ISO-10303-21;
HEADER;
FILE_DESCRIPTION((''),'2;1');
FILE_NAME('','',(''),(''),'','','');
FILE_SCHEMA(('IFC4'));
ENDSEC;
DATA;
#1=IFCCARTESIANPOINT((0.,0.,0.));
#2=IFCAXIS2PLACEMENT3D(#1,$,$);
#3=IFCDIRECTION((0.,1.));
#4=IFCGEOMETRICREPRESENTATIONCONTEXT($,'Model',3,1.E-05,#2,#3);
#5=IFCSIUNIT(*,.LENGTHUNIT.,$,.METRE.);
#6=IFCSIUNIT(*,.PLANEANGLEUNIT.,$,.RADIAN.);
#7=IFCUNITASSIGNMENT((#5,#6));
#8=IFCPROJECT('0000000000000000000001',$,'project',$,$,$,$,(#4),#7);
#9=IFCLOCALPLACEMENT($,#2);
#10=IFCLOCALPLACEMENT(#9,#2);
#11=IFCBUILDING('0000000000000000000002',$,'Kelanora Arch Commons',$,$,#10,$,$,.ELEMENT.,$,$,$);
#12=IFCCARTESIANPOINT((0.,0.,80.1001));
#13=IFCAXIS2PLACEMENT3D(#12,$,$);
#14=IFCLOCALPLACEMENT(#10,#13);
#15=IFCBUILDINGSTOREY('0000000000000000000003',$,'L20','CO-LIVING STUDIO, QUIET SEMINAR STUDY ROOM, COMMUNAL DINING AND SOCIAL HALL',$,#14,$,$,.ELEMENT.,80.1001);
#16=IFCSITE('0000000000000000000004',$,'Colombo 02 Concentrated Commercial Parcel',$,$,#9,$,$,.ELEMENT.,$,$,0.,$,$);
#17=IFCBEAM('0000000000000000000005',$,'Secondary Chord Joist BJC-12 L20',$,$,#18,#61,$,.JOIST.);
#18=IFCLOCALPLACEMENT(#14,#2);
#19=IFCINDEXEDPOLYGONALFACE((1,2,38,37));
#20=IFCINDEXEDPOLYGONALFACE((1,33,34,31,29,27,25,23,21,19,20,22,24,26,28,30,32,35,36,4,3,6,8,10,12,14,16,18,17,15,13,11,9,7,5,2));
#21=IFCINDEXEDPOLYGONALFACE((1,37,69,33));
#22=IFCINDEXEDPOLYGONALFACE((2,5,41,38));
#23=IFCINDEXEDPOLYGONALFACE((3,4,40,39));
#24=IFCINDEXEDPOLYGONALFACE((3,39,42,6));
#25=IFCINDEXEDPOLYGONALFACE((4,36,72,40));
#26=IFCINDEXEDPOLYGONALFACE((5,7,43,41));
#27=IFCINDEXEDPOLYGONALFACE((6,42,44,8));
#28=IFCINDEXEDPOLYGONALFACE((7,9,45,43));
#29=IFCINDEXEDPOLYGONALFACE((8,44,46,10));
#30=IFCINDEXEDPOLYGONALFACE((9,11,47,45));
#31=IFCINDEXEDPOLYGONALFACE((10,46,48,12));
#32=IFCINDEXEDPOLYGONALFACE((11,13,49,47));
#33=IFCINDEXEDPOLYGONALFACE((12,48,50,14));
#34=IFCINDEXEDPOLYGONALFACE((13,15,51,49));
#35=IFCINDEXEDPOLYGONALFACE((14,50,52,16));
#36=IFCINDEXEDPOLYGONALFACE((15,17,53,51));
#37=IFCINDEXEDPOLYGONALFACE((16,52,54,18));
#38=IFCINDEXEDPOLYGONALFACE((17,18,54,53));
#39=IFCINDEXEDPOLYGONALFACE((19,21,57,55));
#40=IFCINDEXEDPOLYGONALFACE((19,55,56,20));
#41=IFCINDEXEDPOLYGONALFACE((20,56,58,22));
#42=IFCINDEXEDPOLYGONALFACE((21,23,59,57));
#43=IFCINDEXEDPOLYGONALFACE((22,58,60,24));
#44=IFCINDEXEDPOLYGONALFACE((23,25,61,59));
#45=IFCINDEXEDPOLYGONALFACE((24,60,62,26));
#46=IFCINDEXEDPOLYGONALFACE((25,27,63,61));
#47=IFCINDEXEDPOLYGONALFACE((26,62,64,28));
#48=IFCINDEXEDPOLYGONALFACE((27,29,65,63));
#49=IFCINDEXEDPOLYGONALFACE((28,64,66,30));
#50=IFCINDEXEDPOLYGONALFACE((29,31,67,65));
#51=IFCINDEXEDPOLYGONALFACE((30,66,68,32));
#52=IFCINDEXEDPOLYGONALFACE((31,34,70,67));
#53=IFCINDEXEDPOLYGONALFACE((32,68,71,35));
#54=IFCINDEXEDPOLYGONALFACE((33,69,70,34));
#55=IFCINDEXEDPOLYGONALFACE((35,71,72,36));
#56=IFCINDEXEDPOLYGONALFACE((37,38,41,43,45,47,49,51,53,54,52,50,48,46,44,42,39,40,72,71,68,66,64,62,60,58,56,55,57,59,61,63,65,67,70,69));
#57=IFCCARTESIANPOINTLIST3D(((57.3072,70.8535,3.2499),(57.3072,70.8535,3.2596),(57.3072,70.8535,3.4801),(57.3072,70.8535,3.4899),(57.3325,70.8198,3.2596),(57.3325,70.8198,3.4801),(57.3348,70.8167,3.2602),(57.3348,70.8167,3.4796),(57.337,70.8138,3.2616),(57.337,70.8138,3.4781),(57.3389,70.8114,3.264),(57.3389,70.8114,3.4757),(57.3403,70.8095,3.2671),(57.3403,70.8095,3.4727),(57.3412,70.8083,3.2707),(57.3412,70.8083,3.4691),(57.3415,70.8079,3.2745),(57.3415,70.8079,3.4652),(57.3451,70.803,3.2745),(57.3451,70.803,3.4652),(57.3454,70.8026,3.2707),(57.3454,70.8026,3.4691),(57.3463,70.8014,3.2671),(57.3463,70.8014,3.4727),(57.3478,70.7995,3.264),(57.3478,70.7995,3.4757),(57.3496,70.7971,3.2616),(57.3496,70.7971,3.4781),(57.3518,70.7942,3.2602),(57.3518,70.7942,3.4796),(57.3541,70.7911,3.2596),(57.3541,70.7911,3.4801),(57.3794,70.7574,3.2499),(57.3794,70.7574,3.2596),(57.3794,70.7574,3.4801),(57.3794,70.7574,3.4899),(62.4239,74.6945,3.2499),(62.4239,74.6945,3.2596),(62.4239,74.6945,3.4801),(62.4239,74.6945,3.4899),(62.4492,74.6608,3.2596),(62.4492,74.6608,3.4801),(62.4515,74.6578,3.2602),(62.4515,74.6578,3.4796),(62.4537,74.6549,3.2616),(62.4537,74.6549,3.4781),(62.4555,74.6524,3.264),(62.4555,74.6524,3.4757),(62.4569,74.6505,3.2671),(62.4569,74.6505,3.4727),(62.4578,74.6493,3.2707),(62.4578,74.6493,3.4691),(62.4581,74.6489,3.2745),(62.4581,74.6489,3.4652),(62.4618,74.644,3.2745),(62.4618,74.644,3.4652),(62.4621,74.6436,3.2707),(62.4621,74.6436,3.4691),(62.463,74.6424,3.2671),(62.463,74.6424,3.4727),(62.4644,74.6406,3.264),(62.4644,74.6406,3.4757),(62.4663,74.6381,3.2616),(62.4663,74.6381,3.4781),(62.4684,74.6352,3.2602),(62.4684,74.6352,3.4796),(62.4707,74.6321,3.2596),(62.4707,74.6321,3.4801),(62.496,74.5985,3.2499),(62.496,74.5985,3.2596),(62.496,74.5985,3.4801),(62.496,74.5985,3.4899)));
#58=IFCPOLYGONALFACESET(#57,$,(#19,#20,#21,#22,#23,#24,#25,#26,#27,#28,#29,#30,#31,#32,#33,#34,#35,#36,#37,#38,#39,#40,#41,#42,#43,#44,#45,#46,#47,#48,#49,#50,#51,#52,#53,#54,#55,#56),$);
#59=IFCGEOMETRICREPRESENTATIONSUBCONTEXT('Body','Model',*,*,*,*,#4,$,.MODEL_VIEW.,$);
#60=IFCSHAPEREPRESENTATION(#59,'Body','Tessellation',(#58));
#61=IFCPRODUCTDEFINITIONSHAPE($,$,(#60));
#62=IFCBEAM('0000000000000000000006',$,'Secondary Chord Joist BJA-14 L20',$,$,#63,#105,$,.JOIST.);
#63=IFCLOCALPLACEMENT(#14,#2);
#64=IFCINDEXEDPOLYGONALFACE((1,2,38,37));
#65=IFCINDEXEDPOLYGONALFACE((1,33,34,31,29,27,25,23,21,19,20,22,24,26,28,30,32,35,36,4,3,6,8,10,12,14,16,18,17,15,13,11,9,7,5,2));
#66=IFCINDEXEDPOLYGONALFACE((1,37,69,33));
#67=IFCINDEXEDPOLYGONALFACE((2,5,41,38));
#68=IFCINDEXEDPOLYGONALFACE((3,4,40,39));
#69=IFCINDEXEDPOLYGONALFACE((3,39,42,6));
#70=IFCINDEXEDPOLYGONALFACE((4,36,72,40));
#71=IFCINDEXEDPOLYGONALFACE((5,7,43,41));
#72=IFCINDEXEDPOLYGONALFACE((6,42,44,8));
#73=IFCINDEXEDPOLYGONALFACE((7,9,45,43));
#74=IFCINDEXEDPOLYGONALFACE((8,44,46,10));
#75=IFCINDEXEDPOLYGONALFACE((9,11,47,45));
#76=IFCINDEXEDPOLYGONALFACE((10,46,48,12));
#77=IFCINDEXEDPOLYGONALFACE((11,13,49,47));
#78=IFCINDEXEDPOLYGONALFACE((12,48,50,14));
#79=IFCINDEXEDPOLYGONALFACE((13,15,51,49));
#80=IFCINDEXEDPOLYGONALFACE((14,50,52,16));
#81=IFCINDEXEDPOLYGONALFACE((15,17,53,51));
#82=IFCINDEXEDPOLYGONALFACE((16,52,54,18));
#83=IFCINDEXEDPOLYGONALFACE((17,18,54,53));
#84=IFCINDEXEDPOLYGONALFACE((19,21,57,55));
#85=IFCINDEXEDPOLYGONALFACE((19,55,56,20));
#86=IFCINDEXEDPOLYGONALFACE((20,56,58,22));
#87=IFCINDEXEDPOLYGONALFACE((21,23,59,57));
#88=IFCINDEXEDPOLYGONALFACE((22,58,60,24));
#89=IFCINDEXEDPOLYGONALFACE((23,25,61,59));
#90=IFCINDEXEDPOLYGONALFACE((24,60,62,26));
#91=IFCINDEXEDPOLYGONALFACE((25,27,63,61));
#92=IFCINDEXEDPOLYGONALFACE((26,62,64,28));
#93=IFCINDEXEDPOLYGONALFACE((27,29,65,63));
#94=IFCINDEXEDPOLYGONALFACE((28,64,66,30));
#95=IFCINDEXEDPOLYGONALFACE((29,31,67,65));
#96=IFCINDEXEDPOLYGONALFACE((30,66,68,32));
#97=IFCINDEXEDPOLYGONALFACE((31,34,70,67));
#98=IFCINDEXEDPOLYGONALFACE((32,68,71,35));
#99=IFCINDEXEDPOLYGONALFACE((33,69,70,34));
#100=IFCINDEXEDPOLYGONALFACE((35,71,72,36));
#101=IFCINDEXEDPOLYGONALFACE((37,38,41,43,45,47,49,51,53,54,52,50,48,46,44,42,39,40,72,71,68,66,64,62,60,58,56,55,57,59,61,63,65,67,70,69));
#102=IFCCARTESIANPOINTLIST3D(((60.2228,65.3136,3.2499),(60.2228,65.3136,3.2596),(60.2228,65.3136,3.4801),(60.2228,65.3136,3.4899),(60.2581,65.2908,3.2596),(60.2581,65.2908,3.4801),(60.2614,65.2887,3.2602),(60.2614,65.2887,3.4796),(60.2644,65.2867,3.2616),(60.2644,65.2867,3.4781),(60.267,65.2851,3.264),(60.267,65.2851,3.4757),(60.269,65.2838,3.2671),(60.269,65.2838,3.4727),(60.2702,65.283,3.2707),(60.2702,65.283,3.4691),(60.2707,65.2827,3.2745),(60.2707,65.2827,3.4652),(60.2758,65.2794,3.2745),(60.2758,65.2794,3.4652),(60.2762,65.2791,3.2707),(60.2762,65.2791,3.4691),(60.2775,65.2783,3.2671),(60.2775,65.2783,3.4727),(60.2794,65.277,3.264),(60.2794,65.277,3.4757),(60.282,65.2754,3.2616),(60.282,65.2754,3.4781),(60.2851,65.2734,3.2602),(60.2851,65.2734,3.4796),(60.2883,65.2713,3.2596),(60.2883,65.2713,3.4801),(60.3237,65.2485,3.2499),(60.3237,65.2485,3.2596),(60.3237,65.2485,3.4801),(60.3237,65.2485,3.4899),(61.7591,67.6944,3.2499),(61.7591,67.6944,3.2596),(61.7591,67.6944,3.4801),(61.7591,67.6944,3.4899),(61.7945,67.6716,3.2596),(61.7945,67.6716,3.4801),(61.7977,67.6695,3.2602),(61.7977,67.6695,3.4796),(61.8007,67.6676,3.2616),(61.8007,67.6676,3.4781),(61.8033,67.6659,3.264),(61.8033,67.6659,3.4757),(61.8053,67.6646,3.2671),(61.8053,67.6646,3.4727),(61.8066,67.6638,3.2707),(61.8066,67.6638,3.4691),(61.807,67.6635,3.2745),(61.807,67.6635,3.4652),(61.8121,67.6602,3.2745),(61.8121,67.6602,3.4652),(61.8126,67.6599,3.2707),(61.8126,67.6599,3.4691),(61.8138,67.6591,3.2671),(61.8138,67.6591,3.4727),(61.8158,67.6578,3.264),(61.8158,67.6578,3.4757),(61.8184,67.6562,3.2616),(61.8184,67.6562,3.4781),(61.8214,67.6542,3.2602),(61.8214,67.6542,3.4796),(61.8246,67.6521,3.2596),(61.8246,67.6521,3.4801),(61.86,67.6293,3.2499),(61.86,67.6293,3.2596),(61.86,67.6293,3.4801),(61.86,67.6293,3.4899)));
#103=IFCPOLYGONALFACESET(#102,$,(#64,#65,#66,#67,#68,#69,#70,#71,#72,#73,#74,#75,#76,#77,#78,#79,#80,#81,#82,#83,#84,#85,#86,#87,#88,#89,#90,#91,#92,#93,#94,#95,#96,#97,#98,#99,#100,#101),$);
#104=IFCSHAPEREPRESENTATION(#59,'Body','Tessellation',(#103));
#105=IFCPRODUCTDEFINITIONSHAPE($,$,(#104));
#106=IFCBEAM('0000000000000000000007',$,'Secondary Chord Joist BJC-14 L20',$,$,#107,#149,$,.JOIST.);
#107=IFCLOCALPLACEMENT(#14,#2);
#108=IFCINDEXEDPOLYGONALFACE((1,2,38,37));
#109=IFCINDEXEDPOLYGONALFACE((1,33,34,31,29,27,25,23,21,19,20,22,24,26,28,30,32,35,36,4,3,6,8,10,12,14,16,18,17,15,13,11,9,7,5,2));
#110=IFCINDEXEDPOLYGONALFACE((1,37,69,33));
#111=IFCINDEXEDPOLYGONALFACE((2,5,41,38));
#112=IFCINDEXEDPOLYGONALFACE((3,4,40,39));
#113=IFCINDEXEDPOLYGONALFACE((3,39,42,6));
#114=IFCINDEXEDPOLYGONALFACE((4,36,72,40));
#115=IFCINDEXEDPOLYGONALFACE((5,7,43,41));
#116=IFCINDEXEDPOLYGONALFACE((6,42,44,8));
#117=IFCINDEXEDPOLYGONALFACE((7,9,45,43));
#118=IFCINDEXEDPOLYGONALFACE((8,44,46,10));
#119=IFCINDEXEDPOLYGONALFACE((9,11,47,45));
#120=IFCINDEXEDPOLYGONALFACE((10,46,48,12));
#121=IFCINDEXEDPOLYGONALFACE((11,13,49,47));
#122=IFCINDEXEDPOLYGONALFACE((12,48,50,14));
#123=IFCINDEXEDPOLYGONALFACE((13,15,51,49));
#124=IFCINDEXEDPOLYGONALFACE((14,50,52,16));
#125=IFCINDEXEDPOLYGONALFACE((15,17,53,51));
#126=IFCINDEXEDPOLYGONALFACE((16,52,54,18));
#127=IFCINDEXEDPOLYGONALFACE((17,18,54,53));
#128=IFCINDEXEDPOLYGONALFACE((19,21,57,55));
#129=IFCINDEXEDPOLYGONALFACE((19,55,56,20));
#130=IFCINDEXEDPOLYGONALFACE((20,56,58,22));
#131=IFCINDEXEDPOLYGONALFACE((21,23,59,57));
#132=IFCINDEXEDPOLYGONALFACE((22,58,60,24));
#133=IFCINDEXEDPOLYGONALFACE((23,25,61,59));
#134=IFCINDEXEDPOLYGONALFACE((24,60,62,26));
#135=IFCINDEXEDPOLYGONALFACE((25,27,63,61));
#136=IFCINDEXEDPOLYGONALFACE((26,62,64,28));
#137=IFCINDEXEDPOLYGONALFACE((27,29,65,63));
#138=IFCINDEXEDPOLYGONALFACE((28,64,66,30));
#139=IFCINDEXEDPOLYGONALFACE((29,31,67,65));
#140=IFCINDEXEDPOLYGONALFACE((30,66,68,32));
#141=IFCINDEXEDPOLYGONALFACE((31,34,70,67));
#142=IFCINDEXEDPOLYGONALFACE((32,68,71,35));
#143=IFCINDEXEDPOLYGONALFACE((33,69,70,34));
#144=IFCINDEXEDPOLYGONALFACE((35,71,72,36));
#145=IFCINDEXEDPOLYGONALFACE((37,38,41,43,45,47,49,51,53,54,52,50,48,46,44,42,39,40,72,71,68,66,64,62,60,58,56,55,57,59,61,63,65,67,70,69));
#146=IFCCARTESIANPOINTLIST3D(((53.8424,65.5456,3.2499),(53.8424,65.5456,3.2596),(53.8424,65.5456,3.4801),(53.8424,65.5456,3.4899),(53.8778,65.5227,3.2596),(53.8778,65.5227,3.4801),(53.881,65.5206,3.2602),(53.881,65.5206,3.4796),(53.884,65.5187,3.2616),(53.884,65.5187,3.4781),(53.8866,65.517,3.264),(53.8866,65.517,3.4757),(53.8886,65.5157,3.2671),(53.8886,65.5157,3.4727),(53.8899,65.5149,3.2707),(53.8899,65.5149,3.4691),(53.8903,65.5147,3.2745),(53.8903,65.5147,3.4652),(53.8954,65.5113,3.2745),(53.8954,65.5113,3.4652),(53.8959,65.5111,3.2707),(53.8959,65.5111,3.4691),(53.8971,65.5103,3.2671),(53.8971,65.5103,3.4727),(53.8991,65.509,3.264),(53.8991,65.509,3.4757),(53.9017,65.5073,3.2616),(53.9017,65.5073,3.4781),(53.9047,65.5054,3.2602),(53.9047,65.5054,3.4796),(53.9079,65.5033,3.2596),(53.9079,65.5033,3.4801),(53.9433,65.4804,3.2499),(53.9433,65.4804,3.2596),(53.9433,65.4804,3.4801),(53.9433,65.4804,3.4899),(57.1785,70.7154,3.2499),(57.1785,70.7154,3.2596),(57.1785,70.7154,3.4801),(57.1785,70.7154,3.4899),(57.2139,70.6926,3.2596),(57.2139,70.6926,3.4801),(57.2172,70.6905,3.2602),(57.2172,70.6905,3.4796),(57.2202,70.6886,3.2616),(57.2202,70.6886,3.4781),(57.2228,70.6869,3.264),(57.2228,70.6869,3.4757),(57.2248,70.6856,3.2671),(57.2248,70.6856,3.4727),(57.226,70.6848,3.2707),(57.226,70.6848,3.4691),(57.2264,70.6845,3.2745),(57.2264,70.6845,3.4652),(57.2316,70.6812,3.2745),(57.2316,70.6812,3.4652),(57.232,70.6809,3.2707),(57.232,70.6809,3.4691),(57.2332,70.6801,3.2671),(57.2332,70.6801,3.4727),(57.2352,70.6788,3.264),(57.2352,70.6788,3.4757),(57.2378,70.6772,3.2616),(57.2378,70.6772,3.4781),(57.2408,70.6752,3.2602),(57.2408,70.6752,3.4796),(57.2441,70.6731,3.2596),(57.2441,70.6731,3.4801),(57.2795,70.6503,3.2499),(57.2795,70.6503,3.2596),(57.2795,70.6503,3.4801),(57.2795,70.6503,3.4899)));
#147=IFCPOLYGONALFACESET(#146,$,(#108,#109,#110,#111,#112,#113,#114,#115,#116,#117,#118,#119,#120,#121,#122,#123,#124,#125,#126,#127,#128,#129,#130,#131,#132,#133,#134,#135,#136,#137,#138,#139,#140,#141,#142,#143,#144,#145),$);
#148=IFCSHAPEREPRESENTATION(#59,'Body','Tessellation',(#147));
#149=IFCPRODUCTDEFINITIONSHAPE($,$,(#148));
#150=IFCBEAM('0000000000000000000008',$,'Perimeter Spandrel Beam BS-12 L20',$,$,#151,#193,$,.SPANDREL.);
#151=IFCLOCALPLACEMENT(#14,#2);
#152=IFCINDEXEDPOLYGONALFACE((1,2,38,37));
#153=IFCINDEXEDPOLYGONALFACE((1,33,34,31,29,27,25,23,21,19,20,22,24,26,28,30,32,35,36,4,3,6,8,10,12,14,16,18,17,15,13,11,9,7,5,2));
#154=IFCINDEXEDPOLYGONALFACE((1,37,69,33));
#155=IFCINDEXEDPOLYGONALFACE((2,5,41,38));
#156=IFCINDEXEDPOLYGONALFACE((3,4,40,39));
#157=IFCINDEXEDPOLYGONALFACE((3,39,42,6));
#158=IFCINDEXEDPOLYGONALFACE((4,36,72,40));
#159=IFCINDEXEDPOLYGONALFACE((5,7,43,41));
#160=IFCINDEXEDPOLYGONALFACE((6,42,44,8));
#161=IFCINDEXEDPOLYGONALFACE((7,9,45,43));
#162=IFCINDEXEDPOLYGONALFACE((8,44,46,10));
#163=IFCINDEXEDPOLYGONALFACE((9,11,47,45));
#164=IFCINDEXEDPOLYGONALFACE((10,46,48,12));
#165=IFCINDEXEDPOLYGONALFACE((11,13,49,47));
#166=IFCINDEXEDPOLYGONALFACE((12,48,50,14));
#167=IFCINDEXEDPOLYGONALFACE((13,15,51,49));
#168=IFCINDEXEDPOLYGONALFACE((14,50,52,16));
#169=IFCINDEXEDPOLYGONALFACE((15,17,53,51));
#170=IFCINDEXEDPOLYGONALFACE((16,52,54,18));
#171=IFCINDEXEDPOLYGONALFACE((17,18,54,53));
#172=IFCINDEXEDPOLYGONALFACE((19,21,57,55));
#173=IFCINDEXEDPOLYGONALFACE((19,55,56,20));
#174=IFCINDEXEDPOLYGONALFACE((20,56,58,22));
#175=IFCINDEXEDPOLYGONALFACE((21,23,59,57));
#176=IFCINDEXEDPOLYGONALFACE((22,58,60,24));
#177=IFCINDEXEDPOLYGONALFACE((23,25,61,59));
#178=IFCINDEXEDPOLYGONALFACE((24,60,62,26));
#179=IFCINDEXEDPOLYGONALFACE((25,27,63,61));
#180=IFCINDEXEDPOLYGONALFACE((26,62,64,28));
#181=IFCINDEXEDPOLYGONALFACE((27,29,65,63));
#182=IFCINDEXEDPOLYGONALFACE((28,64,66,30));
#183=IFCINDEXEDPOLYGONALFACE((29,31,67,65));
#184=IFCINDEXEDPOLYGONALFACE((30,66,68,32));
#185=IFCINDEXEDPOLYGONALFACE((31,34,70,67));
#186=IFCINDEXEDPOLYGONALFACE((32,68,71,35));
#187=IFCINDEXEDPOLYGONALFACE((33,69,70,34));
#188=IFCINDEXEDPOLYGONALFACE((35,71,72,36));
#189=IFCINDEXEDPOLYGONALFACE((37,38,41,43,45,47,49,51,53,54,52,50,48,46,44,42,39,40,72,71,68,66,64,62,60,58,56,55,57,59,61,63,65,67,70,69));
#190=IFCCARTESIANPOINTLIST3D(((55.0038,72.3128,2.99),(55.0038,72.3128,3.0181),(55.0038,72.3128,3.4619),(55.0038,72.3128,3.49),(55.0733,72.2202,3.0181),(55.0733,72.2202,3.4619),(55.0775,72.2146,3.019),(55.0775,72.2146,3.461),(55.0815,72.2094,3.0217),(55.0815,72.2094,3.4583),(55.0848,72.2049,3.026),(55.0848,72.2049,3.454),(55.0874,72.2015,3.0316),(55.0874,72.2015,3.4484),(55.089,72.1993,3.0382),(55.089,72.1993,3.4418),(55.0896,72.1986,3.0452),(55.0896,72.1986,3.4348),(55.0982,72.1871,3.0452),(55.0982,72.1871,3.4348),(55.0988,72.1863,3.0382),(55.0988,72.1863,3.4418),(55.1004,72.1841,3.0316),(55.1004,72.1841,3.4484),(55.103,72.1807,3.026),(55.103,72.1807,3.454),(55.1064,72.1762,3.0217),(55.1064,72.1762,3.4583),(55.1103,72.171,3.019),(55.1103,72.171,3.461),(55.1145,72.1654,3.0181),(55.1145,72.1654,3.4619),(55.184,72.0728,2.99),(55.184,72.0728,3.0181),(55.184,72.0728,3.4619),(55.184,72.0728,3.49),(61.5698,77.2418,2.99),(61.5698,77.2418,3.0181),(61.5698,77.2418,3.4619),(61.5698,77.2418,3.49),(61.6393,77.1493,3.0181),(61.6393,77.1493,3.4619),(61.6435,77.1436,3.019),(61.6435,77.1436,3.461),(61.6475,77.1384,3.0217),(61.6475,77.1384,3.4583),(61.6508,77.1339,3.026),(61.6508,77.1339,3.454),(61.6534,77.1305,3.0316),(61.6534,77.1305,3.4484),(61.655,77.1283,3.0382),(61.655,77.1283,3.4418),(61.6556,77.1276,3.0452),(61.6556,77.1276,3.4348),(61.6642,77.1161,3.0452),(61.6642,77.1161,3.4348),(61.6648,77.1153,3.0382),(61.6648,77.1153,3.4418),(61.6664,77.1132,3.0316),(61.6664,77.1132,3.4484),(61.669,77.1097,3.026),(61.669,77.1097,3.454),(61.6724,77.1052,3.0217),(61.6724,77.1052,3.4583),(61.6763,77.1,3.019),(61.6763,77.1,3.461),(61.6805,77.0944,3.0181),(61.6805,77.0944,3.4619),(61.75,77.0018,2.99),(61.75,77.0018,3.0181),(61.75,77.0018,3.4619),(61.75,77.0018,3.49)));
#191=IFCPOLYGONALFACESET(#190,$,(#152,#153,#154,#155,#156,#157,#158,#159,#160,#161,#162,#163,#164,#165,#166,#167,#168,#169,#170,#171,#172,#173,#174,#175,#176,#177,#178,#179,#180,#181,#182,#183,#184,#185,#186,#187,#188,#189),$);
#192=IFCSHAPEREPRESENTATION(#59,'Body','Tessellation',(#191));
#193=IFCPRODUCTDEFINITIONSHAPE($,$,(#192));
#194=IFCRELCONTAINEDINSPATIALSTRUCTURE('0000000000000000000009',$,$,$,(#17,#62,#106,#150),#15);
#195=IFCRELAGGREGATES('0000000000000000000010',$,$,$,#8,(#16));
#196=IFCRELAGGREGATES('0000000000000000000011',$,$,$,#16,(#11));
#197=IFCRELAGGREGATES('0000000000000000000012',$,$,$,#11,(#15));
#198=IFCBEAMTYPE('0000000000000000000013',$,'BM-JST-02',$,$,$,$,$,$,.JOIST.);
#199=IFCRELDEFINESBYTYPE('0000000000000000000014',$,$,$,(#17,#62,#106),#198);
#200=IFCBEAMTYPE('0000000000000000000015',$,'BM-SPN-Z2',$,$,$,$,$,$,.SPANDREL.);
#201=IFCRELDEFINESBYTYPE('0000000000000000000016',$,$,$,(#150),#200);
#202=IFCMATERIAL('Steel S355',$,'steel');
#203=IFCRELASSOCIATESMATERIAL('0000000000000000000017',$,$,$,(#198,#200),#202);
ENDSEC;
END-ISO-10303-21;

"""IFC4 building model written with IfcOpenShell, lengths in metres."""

from ifc_helpers import new_model, si_unit, direction, frame, origin, origin_2d, place, context, subcontext, project, spatial, i_section, extrude, material, material_profile, profile_set, type_object, element, save


model = new_model("IFC4")

# Units and contexts
model_context = context("Model", 3, precision=1e-05, world=origin(), true_north=direction((0.0, 1.0)))
body_context = subcontext(model_context, "Body", "Model", "MODEL_VIEW")
ifc_project = project(units=[si_unit("LENGTHUNIT", "METRE"), si_unit("PLANEANGLEUNIT", "RADIAN")], contexts=[model_context])

# Site, building, storey
site_placement = place(None, origin())
site = spatial("IfcSite", under=ifc_project, at=site_placement, Name="Colombo 02 Concentrated Commercial Parcel", CompositionType="ELEMENT", RefElevation=0.0)
building_placement = place(site_placement, origin())
building = spatial("IfcBuilding", under=site, at=building_placement, Name="Kelanora Arch Commons", CompositionType="ELEMENT")
storey_placement = place(building_placement, frame((0.0, 0.0, 80.1001)))
storey = spatial("IfcBuildingStorey", under=building, at=storey_placement, Name="L20", Description="CO-LIVING STUDIO, QUIET SEMINAR STUDY ROOM, COMMUNAL DINING AND SOCIAL HALL", CompositionType="ELEMENT", Elevation=80.1001)

# Beams
ifc_material_1 = material(Name="Steel S355", Category="steel")
ifc_material_profile_1 = material_profile(ifc_material_1, i_section(OverallWidth=0.1201, OverallDepth=0.24, WebThickness=0.0061, FlangeThickness=0.0098, FilletRadius=0.0149, at=origin_2d()), Name="IPE240")
ifc_profile_set_1 = profile_set([ifc_material_profile_1], Name="Steel S355")
beam_type_1 = type_object("IfcBeamType", Name="BM-JST-02", PredefinedType="JOIST", material=ifc_profile_set_1)
beam_1_placement = place(storey_placement, frame((62.46, 74.6465, 3.3699), z_axis=(-0.799734, -0.600354, 0.0), x_axis=(0.600354, -0.799734, 0.0)))
element("IfcBeam", 1, at=beam_1_placement, inside=storey, type_object=beam_type_1, Name="Secondary Chord Joist BJC-12 L20", PredefinedType="JOIST", context=body_context, shape_type="SweptSolid", body=[
    extrude(i_section(OverallWidth=0.1201, OverallDepth=0.24, WebThickness=0.0061, FlangeThickness=0.0098, FilletRadius=0.0149, at=origin_2d()), origin(), (0.0, 0.0, 1.0), 6.3979),
])
beam_2_placement = place(storey_placement, frame((61.8096, 67.6619, 3.3699), z_axis=(-0.542211, -0.840242, 0.0), x_axis=(0.840242, -0.542211, 0.0)))
element("IfcBeam", 2, at=beam_2_placement, inside=storey, type_object=beam_type_1, Name="Secondary Chord Joist BJA-14 L20", PredefinedType="JOIST", context=body_context, shape_type="SweptSolid", body=[
    extrude(i_section(OverallWidth=0.1201, OverallDepth=0.24, WebThickness=0.0061, FlangeThickness=0.0098, FilletRadius=0.0149, at=origin_2d()), origin(), (0.0, 0.0, 1.0), 2.8335),
])
beam_3_placement = place(storey_placement, frame((57.229, 70.6829, 3.3699), z_axis=(-0.542213, -0.840241, 0.0), x_axis=(0.840241, -0.542213, 0.0)))
element("IfcBeam", 3, at=beam_3_placement, inside=storey, type_object=beam_type_1, Name="Secondary Chord Joist BJC-14 L20", PredefinedType="JOIST", context=body_context, shape_type="SweptSolid", body=[
    extrude(i_section(OverallWidth=0.1201, OverallDepth=0.24, WebThickness=0.0061, FlangeThickness=0.0098, FilletRadius=0.0149, at=origin_2d()), origin(), (0.0, 0.0, 1.0), 6.1528),
])
ifc_material_profile_2 = material_profile(ifc_material_1, i_section(OverallWidth=0.3, OverallDepth=0.5, WebThickness=0.0144, FlangeThickness=0.0281, FilletRadius=0.0271, at=origin_2d()), Name="HEB500")
ifc_profile_set_2 = profile_set([ifc_material_profile_2], Name="Steel S355")
beam_type_2 = type_object("IfcBeamType", Name="BM-SPN-Z2", PredefinedType="SPANDREL", material=ifc_profile_set_2)
beam_4_placement = place(storey_placement, frame((61.6599, 77.1218, 3.24), z_axis=(-0.799736, -0.600352, 0.0), x_axis=(0.600352, -0.799736, 0.0)))
element("IfcBeam", 4, at=beam_4_placement, inside=storey, type_object=beam_type_2, Name="Perimeter Spandrel Beam BS-12 L20", PredefinedType="SPANDREL", context=body_context, shape_type="SweptSolid", body=[
    extrude(i_section(OverallWidth=0.3, OverallDepth=0.5, WebThickness=0.0144, FlangeThickness=0.0281, FilletRadius=0.0271, at=origin_2d()), origin(), (0.0, 0.0, 1.0), 8.2102),
])

save(model, "model.ifc")
